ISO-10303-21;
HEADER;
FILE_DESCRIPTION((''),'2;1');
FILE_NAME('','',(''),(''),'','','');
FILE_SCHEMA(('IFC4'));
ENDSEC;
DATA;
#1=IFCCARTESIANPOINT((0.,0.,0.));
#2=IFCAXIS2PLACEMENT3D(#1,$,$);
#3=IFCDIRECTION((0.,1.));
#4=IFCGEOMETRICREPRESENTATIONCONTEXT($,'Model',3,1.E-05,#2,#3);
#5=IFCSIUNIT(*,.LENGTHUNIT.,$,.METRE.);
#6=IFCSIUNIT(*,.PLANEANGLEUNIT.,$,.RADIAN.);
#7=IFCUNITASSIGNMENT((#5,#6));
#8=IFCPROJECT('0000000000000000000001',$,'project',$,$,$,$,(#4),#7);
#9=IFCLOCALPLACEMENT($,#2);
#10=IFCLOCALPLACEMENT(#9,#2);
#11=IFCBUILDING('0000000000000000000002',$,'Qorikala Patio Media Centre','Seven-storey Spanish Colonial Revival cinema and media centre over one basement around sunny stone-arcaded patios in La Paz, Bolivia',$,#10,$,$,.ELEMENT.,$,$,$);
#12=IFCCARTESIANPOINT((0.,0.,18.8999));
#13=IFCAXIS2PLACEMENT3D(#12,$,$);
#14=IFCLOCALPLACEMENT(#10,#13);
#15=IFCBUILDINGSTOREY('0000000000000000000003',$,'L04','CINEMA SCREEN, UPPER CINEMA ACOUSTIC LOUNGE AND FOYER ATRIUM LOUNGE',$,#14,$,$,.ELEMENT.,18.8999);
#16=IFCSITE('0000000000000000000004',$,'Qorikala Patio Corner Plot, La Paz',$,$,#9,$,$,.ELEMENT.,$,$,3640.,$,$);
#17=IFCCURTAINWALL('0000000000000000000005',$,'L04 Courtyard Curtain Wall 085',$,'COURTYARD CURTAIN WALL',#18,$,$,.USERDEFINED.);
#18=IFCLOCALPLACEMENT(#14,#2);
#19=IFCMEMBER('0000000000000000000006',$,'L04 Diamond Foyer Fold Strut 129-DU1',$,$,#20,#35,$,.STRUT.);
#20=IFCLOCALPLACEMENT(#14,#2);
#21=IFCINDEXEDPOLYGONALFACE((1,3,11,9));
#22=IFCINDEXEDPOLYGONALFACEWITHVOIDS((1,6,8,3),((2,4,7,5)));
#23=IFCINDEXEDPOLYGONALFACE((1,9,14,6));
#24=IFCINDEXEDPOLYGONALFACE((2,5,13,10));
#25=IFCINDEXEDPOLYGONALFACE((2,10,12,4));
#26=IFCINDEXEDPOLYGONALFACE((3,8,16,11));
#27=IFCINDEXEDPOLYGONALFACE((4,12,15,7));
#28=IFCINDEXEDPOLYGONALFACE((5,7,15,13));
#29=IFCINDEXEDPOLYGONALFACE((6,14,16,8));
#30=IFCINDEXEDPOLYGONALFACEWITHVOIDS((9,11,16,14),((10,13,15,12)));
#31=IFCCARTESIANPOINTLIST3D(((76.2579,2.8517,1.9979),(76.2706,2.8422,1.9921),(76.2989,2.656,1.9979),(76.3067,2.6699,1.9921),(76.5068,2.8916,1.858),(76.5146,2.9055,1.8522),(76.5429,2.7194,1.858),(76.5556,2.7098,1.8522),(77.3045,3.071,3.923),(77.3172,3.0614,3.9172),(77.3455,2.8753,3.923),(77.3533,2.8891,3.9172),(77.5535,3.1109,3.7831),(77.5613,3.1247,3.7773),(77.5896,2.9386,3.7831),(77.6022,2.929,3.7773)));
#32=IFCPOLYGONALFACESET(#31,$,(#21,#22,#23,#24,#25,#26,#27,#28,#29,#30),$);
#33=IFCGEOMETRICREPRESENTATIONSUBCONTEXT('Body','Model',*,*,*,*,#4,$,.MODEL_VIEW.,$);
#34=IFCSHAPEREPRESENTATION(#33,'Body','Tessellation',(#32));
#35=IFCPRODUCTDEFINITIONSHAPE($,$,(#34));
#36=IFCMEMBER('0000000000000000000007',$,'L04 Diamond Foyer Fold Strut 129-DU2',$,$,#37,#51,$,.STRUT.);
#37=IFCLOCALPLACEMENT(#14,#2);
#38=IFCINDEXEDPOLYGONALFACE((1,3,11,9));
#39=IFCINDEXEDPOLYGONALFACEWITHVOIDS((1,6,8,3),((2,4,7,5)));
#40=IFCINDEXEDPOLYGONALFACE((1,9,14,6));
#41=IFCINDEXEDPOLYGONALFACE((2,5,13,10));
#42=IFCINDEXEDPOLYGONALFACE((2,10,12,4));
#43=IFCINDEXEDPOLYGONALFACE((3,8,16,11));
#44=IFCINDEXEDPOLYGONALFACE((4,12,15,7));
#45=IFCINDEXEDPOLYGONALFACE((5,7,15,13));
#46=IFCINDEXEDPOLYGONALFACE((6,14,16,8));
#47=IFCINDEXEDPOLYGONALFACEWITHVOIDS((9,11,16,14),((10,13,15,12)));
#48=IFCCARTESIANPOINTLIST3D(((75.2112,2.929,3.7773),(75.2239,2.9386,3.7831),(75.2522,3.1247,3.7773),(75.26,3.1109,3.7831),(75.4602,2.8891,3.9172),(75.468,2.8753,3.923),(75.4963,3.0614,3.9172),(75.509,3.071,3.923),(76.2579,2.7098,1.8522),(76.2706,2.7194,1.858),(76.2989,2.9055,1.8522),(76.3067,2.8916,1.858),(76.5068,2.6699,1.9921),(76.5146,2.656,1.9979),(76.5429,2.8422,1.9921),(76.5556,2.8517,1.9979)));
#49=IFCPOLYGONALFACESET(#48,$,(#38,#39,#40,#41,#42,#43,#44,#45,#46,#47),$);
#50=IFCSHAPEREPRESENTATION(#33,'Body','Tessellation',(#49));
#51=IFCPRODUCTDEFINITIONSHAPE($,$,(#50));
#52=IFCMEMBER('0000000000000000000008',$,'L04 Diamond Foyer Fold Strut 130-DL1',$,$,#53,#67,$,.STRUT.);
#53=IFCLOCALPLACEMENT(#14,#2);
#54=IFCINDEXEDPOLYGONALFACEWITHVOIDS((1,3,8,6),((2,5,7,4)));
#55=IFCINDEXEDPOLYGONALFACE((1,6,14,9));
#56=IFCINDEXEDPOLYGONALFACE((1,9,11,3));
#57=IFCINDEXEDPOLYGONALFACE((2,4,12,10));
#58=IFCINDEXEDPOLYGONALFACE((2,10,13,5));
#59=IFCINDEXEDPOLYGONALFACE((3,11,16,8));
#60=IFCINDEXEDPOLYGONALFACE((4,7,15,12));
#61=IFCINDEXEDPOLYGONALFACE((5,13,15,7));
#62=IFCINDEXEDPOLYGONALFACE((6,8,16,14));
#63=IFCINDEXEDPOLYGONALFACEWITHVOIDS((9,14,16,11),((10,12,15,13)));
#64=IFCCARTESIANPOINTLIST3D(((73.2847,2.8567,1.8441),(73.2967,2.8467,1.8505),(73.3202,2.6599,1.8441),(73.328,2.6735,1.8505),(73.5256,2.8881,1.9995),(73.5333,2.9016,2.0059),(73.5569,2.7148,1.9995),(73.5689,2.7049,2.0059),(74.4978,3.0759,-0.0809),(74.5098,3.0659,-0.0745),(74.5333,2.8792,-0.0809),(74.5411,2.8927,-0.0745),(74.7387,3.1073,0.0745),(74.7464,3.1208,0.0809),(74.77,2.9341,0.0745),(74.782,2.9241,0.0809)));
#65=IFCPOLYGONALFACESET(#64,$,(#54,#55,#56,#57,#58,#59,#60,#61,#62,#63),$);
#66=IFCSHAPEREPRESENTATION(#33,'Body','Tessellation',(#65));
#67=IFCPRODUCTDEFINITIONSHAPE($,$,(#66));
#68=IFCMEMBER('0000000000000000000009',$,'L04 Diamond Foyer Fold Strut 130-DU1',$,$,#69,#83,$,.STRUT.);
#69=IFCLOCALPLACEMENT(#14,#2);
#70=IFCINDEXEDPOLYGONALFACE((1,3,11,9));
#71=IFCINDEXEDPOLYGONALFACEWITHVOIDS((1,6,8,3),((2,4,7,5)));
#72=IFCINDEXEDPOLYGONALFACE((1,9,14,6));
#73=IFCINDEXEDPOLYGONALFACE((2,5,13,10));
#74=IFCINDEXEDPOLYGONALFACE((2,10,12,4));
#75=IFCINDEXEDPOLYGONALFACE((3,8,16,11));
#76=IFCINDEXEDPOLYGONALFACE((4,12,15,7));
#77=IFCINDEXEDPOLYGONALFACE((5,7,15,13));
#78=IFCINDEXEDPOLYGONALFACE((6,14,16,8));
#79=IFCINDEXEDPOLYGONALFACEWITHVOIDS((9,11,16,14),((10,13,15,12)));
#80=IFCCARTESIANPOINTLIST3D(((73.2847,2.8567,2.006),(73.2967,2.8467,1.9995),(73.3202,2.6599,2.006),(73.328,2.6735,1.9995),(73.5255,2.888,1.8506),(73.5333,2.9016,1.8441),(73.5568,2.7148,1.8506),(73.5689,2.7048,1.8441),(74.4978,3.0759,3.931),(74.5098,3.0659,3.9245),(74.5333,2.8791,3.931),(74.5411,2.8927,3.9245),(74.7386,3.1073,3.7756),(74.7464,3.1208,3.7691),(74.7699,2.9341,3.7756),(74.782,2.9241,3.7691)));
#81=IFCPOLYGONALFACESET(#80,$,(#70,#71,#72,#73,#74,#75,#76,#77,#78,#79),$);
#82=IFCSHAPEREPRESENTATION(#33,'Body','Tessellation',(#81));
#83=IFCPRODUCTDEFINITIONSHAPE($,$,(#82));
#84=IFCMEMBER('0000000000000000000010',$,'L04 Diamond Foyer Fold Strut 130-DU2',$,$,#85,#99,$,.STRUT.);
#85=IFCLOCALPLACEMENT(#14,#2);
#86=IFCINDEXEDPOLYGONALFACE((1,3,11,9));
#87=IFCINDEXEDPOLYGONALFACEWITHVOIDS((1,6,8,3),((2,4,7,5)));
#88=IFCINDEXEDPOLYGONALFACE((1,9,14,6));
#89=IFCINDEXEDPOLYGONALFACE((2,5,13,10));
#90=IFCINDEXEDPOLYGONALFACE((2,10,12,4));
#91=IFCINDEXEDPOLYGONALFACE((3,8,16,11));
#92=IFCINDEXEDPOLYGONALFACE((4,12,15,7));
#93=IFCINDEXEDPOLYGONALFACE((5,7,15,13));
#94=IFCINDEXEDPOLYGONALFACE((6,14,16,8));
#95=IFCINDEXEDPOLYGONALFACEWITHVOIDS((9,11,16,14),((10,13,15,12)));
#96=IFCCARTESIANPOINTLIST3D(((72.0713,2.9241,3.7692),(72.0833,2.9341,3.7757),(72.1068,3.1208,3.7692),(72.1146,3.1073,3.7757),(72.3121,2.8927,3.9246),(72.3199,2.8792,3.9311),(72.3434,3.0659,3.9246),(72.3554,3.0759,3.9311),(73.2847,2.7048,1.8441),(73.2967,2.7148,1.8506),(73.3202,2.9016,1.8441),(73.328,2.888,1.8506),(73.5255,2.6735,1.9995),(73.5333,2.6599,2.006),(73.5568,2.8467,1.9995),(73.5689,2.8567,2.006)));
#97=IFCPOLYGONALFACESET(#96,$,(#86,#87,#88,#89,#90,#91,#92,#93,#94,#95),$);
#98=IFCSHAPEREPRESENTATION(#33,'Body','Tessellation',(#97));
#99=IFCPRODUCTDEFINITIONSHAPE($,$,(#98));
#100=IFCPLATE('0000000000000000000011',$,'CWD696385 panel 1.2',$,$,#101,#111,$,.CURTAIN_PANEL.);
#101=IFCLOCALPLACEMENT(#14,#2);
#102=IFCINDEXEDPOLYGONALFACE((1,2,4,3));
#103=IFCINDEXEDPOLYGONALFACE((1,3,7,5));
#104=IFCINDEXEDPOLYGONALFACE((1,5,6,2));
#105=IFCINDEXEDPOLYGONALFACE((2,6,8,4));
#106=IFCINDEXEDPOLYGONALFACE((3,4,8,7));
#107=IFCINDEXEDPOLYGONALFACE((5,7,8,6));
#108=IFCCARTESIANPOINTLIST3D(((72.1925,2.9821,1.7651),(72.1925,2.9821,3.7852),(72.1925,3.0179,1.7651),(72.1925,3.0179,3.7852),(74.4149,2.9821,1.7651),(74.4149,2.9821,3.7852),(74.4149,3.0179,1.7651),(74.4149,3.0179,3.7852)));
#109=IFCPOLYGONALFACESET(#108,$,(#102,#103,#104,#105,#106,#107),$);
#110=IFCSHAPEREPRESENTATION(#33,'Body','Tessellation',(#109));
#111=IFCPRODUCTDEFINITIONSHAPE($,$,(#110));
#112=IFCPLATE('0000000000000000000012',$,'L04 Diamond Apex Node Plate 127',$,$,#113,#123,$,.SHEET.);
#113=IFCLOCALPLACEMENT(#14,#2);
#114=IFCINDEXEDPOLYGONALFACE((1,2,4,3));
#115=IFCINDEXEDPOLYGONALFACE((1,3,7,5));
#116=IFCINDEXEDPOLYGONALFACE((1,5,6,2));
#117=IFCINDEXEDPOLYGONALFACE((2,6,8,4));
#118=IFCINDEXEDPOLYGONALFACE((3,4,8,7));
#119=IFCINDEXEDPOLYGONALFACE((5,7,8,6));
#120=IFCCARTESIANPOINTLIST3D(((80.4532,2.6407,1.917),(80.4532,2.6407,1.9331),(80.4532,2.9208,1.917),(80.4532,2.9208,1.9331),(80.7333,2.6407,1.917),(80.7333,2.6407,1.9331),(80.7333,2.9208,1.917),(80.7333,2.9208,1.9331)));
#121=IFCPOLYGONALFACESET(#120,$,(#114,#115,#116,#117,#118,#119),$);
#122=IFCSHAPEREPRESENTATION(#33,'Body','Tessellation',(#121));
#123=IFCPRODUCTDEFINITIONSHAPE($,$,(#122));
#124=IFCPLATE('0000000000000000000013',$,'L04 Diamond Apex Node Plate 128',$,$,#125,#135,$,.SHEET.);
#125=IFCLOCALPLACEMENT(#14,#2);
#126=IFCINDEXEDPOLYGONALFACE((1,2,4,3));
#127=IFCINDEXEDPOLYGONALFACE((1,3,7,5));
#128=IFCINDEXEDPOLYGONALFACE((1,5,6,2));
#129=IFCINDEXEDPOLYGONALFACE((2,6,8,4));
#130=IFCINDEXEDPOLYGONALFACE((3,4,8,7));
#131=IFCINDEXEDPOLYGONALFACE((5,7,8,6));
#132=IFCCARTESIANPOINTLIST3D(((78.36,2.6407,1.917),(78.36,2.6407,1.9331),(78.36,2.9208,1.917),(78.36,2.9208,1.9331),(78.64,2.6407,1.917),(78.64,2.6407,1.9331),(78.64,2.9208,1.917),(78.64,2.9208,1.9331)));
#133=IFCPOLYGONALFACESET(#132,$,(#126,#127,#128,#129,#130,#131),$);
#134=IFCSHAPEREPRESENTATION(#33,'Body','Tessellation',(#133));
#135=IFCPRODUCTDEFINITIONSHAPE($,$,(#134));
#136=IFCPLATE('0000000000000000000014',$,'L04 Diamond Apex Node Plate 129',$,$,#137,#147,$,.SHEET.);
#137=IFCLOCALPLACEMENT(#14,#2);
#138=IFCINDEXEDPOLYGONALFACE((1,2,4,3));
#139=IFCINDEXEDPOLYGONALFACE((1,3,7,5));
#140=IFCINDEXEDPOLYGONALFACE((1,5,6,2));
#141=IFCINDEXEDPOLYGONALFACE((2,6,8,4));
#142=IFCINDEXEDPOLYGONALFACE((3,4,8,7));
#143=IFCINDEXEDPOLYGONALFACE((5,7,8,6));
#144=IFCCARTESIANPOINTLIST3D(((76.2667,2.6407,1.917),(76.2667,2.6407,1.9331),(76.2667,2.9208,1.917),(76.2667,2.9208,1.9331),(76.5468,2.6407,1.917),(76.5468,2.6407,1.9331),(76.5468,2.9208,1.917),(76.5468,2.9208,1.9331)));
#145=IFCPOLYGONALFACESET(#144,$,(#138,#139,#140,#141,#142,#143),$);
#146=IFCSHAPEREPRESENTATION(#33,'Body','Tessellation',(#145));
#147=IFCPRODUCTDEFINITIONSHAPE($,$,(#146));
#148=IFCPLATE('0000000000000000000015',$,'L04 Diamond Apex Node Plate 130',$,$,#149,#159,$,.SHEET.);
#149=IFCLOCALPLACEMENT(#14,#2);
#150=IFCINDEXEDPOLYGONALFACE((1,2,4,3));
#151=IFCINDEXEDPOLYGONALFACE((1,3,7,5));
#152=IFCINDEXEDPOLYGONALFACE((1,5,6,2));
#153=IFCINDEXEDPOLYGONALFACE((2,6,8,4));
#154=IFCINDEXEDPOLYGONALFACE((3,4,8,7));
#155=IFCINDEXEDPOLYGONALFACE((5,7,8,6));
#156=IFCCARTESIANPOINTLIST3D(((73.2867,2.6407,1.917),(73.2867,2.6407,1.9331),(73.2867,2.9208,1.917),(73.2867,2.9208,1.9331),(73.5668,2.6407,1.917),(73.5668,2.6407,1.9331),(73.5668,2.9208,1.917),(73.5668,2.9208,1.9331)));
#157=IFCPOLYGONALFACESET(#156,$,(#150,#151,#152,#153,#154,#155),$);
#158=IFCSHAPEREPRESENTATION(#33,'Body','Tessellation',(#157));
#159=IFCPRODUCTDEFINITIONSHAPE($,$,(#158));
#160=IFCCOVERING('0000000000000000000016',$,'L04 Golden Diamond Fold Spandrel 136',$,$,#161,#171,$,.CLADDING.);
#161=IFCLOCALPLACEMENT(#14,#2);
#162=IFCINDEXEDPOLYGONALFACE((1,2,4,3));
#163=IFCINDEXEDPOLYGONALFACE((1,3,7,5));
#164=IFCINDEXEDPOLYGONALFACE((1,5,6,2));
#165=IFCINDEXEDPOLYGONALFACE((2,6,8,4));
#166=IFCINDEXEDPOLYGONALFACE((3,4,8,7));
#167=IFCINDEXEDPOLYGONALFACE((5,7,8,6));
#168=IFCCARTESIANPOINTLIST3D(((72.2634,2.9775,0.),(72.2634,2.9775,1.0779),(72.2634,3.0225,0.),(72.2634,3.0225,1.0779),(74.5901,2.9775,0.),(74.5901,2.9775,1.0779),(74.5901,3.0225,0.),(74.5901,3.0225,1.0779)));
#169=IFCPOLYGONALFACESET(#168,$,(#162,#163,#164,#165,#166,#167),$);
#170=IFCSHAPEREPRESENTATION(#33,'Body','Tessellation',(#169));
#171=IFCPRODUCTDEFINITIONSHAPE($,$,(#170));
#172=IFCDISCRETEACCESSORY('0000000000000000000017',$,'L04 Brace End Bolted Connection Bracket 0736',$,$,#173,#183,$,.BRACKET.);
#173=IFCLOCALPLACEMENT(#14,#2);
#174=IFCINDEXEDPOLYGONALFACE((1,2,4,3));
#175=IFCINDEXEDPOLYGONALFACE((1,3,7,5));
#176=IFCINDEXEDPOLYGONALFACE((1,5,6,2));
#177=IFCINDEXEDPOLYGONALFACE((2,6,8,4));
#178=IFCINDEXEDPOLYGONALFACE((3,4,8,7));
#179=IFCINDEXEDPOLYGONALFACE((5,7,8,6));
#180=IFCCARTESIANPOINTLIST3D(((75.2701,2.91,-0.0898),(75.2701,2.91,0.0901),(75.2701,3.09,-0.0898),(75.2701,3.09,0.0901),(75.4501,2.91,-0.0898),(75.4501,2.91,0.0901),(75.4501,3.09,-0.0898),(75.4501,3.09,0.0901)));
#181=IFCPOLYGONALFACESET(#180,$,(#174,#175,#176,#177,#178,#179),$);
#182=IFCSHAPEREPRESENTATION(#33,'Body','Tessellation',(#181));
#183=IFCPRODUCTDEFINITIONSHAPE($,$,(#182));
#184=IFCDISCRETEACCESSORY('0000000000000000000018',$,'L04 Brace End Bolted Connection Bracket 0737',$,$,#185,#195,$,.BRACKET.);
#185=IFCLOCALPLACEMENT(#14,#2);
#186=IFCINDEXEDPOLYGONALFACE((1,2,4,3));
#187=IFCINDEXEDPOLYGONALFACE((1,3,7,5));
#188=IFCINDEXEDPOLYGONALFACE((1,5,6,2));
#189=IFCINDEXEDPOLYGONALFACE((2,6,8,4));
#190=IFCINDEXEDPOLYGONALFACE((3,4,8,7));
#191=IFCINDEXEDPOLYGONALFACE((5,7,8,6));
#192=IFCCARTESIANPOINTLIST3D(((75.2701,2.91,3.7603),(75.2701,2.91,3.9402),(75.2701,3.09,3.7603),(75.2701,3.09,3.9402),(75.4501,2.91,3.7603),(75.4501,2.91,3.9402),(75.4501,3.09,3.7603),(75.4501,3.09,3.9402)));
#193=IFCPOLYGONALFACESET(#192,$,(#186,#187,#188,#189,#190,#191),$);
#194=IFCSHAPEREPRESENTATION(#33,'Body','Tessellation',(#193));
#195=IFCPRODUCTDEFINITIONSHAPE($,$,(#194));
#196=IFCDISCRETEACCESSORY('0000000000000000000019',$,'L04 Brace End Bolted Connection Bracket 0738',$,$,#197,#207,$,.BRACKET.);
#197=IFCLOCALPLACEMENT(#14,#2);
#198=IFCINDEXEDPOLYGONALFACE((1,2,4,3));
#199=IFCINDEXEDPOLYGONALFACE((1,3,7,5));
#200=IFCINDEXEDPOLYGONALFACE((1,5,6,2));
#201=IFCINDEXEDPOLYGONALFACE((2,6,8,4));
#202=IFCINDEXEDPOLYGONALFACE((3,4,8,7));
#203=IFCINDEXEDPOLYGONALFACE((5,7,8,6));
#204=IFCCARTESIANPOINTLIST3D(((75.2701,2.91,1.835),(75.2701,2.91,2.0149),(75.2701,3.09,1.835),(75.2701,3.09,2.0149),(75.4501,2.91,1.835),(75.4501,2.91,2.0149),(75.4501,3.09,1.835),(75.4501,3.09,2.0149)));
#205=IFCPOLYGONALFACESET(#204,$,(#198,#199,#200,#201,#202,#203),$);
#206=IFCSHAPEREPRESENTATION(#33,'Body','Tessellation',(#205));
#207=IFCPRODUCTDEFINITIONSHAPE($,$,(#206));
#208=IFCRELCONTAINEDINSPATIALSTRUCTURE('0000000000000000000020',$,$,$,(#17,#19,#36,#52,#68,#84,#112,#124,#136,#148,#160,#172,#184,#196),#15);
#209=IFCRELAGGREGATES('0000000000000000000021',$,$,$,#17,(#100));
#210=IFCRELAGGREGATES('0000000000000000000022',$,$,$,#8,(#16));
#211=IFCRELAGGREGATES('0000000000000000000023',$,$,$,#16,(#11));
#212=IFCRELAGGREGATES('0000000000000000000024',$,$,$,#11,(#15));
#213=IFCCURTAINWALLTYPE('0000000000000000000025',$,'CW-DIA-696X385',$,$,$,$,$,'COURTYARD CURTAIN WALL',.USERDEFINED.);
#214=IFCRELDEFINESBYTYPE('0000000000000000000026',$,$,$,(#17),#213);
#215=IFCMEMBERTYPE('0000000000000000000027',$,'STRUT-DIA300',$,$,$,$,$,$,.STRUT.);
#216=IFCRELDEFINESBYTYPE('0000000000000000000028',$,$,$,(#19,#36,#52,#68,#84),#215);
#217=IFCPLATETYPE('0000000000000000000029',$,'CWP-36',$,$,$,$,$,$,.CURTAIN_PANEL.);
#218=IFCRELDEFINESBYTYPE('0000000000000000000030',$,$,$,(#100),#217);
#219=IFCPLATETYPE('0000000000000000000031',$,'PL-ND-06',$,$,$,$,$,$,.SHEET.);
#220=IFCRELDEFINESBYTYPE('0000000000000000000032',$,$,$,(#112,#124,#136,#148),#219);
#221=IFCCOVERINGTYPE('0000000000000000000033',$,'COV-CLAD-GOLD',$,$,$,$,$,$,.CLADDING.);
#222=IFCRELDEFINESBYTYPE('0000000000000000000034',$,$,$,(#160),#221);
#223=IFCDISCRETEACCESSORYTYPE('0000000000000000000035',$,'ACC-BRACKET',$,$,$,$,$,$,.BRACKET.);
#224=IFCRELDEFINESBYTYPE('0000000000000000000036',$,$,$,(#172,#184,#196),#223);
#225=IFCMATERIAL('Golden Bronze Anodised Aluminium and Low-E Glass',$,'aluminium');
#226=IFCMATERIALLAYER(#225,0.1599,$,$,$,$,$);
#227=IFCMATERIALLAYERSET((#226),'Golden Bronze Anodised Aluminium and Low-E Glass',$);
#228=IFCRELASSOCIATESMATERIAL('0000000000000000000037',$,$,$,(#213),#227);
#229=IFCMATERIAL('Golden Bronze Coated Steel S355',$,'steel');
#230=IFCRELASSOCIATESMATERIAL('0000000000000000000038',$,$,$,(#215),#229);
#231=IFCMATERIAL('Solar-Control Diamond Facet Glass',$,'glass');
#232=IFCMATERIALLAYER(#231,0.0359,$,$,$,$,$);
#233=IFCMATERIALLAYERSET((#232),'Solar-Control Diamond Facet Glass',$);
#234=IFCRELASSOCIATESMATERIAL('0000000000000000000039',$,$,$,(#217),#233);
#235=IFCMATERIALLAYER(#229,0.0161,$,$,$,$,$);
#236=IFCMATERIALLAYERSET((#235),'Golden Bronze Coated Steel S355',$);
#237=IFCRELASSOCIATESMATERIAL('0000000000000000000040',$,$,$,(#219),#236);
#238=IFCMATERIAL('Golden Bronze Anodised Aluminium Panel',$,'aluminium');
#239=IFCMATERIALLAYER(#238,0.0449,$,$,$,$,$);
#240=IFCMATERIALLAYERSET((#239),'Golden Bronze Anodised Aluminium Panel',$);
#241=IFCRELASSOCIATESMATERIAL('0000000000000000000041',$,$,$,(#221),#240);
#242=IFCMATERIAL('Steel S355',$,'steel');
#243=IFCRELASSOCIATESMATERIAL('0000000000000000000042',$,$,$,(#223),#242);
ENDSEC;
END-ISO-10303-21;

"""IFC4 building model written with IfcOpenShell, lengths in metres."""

from ifc_helpers import new_model, si_unit, direction, frame, origin, origin_2d, place, context, subcontext, project, spatial, rectangle, hollow_rectangle, extrude, material, layer, layer_set, material_profile, profile_set, type_object, element, aggregate, save


model = new_model("IFC4")

# Units and contexts
model_context = context("Model", 3, precision=1e-05, world=origin(), true_north=direction((0.0, 1.0)))
body_context = subcontext(model_context, "Body", "Model", "MODEL_VIEW")
ifc_project = project(units=[si_unit("LENGTHUNIT", "METRE"), si_unit("PLANEANGLEUNIT", "RADIAN")], contexts=[model_context])

# Site, building, storey
site_placement = place(None, origin())
site = spatial("IfcSite", under=ifc_project, at=site_placement, Name="Qorikala Patio Corner Plot, La Paz", CompositionType="ELEMENT", RefElevation=3640.0)
building_placement = place(site_placement, origin())
building = spatial("IfcBuilding", under=site, at=building_placement, Name="Qorikala Patio Media Centre", Description="Seven-storey Spanish Colonial Revival cinema and media centre over one basement around sunny stone-arcaded patios in La Paz, Bolivia", CompositionType="ELEMENT")
storey_placement = place(building_placement, frame((0.0, 0.0, 18.8999)))
storey = spatial("IfcBuildingStorey", under=building, at=storey_placement, Name="L04", Description="CINEMA SCREEN, UPPER CINEMA ACOUSTIC LOUNGE AND FOYER ATRIUM LOUNGE", CompositionType="ELEMENT", Elevation=18.8999)

# Shared definitions
ifc_material_1 = material(Name="Golden Bronze Coated Steel S355", Category="steel")

# Shared definitions
ifc_material_2 = material(Name="Golden Bronze Anodised Aluminium and Low-E Glass", Category="aluminium")

# Curtain wall
ifc_layer_1 = layer(ifc_material_2, 0.1599)
ifc_layer_set_1 = layer_set([ifc_layer_1], Name="Golden Bronze Anodised Aluminium and Low-E Glass")
curtain_wall_type_1 = type_object("IfcCurtainWallType", Name="CW-DIA-696X385", ElementType="COURTYARD CURTAIN WALL", PredefinedType="USERDEFINED", material=ifc_layer_set_1)
curtain_wall_1_placement = place(storey_placement, origin())
curtain_wall_1 = element("IfcCurtainWall", 1, at=curtain_wall_1_placement, inside=storey, type_object=curtain_wall_type_1, Name="L04 Courtyard Curtain Wall 085", ObjectType="COURTYARD CURTAIN WALL", PredefinedType="USERDEFINED")

# Members
ifc_material_profile_1 = material_profile(ifc_material_1, hollow_rectangle(XDim=0.2, YDim=0.3, WallThickness=0.012, at=origin_2d()), Name="HSS300X200X12")
ifc_profile_set_1 = profile_set([ifc_material_profile_1], Name="Golden Bronze Coated Steel S355")
member_type_1 = type_object("IfcMemberType", Name="STRUT-DIA300", PredefinedType="STRUT", material=ifc_profile_set_1)
for number, where, z_axis, x_axis, name in (
    (2, (76.4067, 2.7808, 1.925), (0.475284, 0.099558, 0.874181), (-0.205021, 0.978758, 0.0), "L04 Diamond Foyer Fold Strut 129-DU1"),
    (3, (76.4067, 2.7808, 1.925), (-0.475284, 0.099558, 0.874181), (-0.205021, -0.978758, 0.0), "L04 Diamond Foyer Fold Strut 129-DU2"),
):
    element("IfcMember", number, at=place(storey_placement, frame(where, z_axis=z_axis, x_axis=x_axis)), inside=storey, type_object=member_type_1, Name=name, PredefinedType="STRUT", context=body_context, shape_type="SweptSolid", body=[
        extrude(hollow_rectangle(XDim=0.2, YDim=0.3, WallThickness=0.012, at=origin_2d()), origin(), (0.0, 0.0, 1.0), 2.2021),
    ])
for number, where, z_axis, x_axis, name in (
    (4, (74.6399, 3.0, 0.0), (-0.530691, -0.095907, 0.842121), (0.17784, -0.984059, 0.0), "L04 Diamond Foyer Fold Strut 130-DL1"),
    (5, (73.4268, 2.7808, 1.925), (0.530691, 0.095907, 0.842121), (-0.17784, 0.984059, 0.0), "L04 Diamond Foyer Fold Strut 130-DU1"),
):
    element("IfcMember", number, at=place(storey_placement, frame(where, z_axis=z_axis, x_axis=x_axis)), inside=storey, type_object=member_type_1, Name=name, PredefinedType="STRUT", context=body_context, shape_type="SweptSolid", body=[
        extrude(hollow_rectangle(XDim=0.2, YDim=0.3, WallThickness=0.012, at=origin_2d()), origin(), (0.0, 0.0, 1.0), 2.2859),
    ])
member_1_placement = place(storey_placement, frame((73.4268, 2.7808, 1.925), z_axis=(-0.530768, 0.095901, 0.842074), x_axis=(-0.177805, -0.984066, 0.0)))
element("IfcMember", 6, at=member_1_placement, inside=storey, type_object=member_type_1, Name="L04 Diamond Foyer Fold Strut 130-DU2", PredefinedType="STRUT", context=body_context, shape_type="SweptSolid", body=[
    extrude(hollow_rectangle(XDim=0.2, YDim=0.3, WallThickness=0.012, at=origin_2d()), origin(), (0.0, 0.0, 1.0), 2.2861),
])

# Plate
ifc_material_3 = material(Name="Solar-Control Diamond Facet Glass", Category="glass")
ifc_layer_2 = layer(ifc_material_3, 0.0359)
ifc_layer_set_2 = layer_set([ifc_layer_2], Name="Solar-Control Diamond Facet Glass")
plate_type_1 = type_object("IfcPlateType", Name="CWP-36", PredefinedType="CURTAIN_PANEL", material=ifc_layer_set_2)
plate_placement = place(storey_placement, frame((73.3037, 3.0, 1.7651), z_axis=(0.0, 0.0, 1.0), x_axis=(-1.0, 0.0, 0.0)))
plate = element("IfcPlate", 7, at=plate_placement, type_object=plate_type_1, Name="CWD696385 panel 1.2", PredefinedType="CURTAIN_PANEL", context=body_context, shape_type="SweptSolid", body=[
    extrude(rectangle(XDim=2.2224, YDim=0.0359, at=origin_2d()), origin(), (0.0, 0.0, 1.0), 2.02),
])
aggregate(curtain_wall_1, [plate])

# Plates
ifc_layer_3 = layer(ifc_material_1, 0.0161)
ifc_layer_set_3 = layer_set([ifc_layer_3], Name="Golden Bronze Coated Steel S355")
plate_type_2 = type_object("IfcPlateType", Name="PL-ND-06", PredefinedType="SHEET", material=ifc_layer_set_3)
for number, where, z_axis, x_axis, name in (
    (8, (80.5933, 2.7808, 1.917), (0.0, 0.0, 1.0), (-1.0, 0.0, 0.0), "L04 Diamond Apex Node Plate 127"),
    (9, (78.5, 2.7808, 1.917), (0.0, 0.0, 1.0), (-1.0, 0.0, 0.0), "L04 Diamond Apex Node Plate 128"),
    (10, (76.4067, 2.7808, 1.917), (0.0, 0.0, 1.0), (-1.0, 0.0, 0.0), "L04 Diamond Apex Node Plate 129"),
    (11, (73.4268, 2.7808, 1.917), (0.0, 0.0, 1.0), (-1.0, 0.0, 0.0), "L04 Diamond Apex Node Plate 130"),
):
    element("IfcPlate", number, at=place(storey_placement, frame(where, z_axis=z_axis, x_axis=x_axis)), inside=storey, type_object=plate_type_2, Name=name, PredefinedType="SHEET", context=body_context, shape_type="SweptSolid", body=[
        extrude(rectangle(XDim=0.28, YDim=0.28, at=origin_2d()), origin(), (0.0, 0.0, 1.0), 0.0161),
    ])

# Covering
ifc_material_4 = material(Name="Golden Bronze Anodised Aluminium Panel", Category="aluminium")
ifc_layer_4 = layer(ifc_material_4, 0.0449)
ifc_layer_set_4 = layer_set([ifc_layer_4], Name="Golden Bronze Anodised Aluminium Panel")
covering_type = type_object("IfcCoveringType", Name="COV-CLAD-GOLD", PredefinedType="CLADDING", material=ifc_layer_set_4)
covering_placement = place(storey_placement, frame((73.4268, 3.0, 0.0), z_axis=(0.0, 0.0, 1.0), x_axis=(-1.0, 0.0, 0.0)))
element("IfcCovering", 12, at=covering_placement, inside=storey, type_object=covering_type, Name="L04 Golden Diamond Fold Spandrel 136", PredefinedType="CLADDING", context=body_context, shape_type="SweptSolid", body=[
    extrude(rectangle(XDim=2.3267, YDim=0.0449, at=origin_2d()), origin(), (0.0, 0.0, 1.0), 1.0779),
])

# Discrete accessories
ifc_material_5 = material(Name="Steel S355", Category="steel")
discrete_accessory_type = type_object("IfcDiscreteAccessoryType", Name="ACC-BRACKET", PredefinedType="BRACKET", material=ifc_material_5)
for number, where, z_axis, x_axis, name in (
    (13, (75.3601, 3.0, -0.0898), (0.0, 0.0, 1.0), (1.0, 0.0, 0.0), "L04 Brace End Bolted Connection Bracket 0736"),
    (14, (75.3601, 3.0, 3.7603), (0.0, 0.0, 1.0), (1.0, 0.0, 0.0), "L04 Brace End Bolted Connection Bracket 0737"),
    (15, (75.3601, 3.0, 1.835), (0.0, 0.0, 1.0), (1.0, 0.0, 0.0), "L04 Brace End Bolted Connection Bracket 0738"),
):
    element("IfcDiscreteAccessory", number, at=place(storey_placement, frame(where, z_axis=z_axis, x_axis=x_axis)), inside=storey, type_object=discrete_accessory_type, Name=name, PredefinedType="BRACKET", context=body_context, shape_type="SweptSolid", body=[
        extrude(rectangle(XDim=0.1799, YDim=0.1799, at=origin_2d()), origin(), (0.0, 0.0, 1.0), 0.1799),
    ])

save(model, "model.ifc")
